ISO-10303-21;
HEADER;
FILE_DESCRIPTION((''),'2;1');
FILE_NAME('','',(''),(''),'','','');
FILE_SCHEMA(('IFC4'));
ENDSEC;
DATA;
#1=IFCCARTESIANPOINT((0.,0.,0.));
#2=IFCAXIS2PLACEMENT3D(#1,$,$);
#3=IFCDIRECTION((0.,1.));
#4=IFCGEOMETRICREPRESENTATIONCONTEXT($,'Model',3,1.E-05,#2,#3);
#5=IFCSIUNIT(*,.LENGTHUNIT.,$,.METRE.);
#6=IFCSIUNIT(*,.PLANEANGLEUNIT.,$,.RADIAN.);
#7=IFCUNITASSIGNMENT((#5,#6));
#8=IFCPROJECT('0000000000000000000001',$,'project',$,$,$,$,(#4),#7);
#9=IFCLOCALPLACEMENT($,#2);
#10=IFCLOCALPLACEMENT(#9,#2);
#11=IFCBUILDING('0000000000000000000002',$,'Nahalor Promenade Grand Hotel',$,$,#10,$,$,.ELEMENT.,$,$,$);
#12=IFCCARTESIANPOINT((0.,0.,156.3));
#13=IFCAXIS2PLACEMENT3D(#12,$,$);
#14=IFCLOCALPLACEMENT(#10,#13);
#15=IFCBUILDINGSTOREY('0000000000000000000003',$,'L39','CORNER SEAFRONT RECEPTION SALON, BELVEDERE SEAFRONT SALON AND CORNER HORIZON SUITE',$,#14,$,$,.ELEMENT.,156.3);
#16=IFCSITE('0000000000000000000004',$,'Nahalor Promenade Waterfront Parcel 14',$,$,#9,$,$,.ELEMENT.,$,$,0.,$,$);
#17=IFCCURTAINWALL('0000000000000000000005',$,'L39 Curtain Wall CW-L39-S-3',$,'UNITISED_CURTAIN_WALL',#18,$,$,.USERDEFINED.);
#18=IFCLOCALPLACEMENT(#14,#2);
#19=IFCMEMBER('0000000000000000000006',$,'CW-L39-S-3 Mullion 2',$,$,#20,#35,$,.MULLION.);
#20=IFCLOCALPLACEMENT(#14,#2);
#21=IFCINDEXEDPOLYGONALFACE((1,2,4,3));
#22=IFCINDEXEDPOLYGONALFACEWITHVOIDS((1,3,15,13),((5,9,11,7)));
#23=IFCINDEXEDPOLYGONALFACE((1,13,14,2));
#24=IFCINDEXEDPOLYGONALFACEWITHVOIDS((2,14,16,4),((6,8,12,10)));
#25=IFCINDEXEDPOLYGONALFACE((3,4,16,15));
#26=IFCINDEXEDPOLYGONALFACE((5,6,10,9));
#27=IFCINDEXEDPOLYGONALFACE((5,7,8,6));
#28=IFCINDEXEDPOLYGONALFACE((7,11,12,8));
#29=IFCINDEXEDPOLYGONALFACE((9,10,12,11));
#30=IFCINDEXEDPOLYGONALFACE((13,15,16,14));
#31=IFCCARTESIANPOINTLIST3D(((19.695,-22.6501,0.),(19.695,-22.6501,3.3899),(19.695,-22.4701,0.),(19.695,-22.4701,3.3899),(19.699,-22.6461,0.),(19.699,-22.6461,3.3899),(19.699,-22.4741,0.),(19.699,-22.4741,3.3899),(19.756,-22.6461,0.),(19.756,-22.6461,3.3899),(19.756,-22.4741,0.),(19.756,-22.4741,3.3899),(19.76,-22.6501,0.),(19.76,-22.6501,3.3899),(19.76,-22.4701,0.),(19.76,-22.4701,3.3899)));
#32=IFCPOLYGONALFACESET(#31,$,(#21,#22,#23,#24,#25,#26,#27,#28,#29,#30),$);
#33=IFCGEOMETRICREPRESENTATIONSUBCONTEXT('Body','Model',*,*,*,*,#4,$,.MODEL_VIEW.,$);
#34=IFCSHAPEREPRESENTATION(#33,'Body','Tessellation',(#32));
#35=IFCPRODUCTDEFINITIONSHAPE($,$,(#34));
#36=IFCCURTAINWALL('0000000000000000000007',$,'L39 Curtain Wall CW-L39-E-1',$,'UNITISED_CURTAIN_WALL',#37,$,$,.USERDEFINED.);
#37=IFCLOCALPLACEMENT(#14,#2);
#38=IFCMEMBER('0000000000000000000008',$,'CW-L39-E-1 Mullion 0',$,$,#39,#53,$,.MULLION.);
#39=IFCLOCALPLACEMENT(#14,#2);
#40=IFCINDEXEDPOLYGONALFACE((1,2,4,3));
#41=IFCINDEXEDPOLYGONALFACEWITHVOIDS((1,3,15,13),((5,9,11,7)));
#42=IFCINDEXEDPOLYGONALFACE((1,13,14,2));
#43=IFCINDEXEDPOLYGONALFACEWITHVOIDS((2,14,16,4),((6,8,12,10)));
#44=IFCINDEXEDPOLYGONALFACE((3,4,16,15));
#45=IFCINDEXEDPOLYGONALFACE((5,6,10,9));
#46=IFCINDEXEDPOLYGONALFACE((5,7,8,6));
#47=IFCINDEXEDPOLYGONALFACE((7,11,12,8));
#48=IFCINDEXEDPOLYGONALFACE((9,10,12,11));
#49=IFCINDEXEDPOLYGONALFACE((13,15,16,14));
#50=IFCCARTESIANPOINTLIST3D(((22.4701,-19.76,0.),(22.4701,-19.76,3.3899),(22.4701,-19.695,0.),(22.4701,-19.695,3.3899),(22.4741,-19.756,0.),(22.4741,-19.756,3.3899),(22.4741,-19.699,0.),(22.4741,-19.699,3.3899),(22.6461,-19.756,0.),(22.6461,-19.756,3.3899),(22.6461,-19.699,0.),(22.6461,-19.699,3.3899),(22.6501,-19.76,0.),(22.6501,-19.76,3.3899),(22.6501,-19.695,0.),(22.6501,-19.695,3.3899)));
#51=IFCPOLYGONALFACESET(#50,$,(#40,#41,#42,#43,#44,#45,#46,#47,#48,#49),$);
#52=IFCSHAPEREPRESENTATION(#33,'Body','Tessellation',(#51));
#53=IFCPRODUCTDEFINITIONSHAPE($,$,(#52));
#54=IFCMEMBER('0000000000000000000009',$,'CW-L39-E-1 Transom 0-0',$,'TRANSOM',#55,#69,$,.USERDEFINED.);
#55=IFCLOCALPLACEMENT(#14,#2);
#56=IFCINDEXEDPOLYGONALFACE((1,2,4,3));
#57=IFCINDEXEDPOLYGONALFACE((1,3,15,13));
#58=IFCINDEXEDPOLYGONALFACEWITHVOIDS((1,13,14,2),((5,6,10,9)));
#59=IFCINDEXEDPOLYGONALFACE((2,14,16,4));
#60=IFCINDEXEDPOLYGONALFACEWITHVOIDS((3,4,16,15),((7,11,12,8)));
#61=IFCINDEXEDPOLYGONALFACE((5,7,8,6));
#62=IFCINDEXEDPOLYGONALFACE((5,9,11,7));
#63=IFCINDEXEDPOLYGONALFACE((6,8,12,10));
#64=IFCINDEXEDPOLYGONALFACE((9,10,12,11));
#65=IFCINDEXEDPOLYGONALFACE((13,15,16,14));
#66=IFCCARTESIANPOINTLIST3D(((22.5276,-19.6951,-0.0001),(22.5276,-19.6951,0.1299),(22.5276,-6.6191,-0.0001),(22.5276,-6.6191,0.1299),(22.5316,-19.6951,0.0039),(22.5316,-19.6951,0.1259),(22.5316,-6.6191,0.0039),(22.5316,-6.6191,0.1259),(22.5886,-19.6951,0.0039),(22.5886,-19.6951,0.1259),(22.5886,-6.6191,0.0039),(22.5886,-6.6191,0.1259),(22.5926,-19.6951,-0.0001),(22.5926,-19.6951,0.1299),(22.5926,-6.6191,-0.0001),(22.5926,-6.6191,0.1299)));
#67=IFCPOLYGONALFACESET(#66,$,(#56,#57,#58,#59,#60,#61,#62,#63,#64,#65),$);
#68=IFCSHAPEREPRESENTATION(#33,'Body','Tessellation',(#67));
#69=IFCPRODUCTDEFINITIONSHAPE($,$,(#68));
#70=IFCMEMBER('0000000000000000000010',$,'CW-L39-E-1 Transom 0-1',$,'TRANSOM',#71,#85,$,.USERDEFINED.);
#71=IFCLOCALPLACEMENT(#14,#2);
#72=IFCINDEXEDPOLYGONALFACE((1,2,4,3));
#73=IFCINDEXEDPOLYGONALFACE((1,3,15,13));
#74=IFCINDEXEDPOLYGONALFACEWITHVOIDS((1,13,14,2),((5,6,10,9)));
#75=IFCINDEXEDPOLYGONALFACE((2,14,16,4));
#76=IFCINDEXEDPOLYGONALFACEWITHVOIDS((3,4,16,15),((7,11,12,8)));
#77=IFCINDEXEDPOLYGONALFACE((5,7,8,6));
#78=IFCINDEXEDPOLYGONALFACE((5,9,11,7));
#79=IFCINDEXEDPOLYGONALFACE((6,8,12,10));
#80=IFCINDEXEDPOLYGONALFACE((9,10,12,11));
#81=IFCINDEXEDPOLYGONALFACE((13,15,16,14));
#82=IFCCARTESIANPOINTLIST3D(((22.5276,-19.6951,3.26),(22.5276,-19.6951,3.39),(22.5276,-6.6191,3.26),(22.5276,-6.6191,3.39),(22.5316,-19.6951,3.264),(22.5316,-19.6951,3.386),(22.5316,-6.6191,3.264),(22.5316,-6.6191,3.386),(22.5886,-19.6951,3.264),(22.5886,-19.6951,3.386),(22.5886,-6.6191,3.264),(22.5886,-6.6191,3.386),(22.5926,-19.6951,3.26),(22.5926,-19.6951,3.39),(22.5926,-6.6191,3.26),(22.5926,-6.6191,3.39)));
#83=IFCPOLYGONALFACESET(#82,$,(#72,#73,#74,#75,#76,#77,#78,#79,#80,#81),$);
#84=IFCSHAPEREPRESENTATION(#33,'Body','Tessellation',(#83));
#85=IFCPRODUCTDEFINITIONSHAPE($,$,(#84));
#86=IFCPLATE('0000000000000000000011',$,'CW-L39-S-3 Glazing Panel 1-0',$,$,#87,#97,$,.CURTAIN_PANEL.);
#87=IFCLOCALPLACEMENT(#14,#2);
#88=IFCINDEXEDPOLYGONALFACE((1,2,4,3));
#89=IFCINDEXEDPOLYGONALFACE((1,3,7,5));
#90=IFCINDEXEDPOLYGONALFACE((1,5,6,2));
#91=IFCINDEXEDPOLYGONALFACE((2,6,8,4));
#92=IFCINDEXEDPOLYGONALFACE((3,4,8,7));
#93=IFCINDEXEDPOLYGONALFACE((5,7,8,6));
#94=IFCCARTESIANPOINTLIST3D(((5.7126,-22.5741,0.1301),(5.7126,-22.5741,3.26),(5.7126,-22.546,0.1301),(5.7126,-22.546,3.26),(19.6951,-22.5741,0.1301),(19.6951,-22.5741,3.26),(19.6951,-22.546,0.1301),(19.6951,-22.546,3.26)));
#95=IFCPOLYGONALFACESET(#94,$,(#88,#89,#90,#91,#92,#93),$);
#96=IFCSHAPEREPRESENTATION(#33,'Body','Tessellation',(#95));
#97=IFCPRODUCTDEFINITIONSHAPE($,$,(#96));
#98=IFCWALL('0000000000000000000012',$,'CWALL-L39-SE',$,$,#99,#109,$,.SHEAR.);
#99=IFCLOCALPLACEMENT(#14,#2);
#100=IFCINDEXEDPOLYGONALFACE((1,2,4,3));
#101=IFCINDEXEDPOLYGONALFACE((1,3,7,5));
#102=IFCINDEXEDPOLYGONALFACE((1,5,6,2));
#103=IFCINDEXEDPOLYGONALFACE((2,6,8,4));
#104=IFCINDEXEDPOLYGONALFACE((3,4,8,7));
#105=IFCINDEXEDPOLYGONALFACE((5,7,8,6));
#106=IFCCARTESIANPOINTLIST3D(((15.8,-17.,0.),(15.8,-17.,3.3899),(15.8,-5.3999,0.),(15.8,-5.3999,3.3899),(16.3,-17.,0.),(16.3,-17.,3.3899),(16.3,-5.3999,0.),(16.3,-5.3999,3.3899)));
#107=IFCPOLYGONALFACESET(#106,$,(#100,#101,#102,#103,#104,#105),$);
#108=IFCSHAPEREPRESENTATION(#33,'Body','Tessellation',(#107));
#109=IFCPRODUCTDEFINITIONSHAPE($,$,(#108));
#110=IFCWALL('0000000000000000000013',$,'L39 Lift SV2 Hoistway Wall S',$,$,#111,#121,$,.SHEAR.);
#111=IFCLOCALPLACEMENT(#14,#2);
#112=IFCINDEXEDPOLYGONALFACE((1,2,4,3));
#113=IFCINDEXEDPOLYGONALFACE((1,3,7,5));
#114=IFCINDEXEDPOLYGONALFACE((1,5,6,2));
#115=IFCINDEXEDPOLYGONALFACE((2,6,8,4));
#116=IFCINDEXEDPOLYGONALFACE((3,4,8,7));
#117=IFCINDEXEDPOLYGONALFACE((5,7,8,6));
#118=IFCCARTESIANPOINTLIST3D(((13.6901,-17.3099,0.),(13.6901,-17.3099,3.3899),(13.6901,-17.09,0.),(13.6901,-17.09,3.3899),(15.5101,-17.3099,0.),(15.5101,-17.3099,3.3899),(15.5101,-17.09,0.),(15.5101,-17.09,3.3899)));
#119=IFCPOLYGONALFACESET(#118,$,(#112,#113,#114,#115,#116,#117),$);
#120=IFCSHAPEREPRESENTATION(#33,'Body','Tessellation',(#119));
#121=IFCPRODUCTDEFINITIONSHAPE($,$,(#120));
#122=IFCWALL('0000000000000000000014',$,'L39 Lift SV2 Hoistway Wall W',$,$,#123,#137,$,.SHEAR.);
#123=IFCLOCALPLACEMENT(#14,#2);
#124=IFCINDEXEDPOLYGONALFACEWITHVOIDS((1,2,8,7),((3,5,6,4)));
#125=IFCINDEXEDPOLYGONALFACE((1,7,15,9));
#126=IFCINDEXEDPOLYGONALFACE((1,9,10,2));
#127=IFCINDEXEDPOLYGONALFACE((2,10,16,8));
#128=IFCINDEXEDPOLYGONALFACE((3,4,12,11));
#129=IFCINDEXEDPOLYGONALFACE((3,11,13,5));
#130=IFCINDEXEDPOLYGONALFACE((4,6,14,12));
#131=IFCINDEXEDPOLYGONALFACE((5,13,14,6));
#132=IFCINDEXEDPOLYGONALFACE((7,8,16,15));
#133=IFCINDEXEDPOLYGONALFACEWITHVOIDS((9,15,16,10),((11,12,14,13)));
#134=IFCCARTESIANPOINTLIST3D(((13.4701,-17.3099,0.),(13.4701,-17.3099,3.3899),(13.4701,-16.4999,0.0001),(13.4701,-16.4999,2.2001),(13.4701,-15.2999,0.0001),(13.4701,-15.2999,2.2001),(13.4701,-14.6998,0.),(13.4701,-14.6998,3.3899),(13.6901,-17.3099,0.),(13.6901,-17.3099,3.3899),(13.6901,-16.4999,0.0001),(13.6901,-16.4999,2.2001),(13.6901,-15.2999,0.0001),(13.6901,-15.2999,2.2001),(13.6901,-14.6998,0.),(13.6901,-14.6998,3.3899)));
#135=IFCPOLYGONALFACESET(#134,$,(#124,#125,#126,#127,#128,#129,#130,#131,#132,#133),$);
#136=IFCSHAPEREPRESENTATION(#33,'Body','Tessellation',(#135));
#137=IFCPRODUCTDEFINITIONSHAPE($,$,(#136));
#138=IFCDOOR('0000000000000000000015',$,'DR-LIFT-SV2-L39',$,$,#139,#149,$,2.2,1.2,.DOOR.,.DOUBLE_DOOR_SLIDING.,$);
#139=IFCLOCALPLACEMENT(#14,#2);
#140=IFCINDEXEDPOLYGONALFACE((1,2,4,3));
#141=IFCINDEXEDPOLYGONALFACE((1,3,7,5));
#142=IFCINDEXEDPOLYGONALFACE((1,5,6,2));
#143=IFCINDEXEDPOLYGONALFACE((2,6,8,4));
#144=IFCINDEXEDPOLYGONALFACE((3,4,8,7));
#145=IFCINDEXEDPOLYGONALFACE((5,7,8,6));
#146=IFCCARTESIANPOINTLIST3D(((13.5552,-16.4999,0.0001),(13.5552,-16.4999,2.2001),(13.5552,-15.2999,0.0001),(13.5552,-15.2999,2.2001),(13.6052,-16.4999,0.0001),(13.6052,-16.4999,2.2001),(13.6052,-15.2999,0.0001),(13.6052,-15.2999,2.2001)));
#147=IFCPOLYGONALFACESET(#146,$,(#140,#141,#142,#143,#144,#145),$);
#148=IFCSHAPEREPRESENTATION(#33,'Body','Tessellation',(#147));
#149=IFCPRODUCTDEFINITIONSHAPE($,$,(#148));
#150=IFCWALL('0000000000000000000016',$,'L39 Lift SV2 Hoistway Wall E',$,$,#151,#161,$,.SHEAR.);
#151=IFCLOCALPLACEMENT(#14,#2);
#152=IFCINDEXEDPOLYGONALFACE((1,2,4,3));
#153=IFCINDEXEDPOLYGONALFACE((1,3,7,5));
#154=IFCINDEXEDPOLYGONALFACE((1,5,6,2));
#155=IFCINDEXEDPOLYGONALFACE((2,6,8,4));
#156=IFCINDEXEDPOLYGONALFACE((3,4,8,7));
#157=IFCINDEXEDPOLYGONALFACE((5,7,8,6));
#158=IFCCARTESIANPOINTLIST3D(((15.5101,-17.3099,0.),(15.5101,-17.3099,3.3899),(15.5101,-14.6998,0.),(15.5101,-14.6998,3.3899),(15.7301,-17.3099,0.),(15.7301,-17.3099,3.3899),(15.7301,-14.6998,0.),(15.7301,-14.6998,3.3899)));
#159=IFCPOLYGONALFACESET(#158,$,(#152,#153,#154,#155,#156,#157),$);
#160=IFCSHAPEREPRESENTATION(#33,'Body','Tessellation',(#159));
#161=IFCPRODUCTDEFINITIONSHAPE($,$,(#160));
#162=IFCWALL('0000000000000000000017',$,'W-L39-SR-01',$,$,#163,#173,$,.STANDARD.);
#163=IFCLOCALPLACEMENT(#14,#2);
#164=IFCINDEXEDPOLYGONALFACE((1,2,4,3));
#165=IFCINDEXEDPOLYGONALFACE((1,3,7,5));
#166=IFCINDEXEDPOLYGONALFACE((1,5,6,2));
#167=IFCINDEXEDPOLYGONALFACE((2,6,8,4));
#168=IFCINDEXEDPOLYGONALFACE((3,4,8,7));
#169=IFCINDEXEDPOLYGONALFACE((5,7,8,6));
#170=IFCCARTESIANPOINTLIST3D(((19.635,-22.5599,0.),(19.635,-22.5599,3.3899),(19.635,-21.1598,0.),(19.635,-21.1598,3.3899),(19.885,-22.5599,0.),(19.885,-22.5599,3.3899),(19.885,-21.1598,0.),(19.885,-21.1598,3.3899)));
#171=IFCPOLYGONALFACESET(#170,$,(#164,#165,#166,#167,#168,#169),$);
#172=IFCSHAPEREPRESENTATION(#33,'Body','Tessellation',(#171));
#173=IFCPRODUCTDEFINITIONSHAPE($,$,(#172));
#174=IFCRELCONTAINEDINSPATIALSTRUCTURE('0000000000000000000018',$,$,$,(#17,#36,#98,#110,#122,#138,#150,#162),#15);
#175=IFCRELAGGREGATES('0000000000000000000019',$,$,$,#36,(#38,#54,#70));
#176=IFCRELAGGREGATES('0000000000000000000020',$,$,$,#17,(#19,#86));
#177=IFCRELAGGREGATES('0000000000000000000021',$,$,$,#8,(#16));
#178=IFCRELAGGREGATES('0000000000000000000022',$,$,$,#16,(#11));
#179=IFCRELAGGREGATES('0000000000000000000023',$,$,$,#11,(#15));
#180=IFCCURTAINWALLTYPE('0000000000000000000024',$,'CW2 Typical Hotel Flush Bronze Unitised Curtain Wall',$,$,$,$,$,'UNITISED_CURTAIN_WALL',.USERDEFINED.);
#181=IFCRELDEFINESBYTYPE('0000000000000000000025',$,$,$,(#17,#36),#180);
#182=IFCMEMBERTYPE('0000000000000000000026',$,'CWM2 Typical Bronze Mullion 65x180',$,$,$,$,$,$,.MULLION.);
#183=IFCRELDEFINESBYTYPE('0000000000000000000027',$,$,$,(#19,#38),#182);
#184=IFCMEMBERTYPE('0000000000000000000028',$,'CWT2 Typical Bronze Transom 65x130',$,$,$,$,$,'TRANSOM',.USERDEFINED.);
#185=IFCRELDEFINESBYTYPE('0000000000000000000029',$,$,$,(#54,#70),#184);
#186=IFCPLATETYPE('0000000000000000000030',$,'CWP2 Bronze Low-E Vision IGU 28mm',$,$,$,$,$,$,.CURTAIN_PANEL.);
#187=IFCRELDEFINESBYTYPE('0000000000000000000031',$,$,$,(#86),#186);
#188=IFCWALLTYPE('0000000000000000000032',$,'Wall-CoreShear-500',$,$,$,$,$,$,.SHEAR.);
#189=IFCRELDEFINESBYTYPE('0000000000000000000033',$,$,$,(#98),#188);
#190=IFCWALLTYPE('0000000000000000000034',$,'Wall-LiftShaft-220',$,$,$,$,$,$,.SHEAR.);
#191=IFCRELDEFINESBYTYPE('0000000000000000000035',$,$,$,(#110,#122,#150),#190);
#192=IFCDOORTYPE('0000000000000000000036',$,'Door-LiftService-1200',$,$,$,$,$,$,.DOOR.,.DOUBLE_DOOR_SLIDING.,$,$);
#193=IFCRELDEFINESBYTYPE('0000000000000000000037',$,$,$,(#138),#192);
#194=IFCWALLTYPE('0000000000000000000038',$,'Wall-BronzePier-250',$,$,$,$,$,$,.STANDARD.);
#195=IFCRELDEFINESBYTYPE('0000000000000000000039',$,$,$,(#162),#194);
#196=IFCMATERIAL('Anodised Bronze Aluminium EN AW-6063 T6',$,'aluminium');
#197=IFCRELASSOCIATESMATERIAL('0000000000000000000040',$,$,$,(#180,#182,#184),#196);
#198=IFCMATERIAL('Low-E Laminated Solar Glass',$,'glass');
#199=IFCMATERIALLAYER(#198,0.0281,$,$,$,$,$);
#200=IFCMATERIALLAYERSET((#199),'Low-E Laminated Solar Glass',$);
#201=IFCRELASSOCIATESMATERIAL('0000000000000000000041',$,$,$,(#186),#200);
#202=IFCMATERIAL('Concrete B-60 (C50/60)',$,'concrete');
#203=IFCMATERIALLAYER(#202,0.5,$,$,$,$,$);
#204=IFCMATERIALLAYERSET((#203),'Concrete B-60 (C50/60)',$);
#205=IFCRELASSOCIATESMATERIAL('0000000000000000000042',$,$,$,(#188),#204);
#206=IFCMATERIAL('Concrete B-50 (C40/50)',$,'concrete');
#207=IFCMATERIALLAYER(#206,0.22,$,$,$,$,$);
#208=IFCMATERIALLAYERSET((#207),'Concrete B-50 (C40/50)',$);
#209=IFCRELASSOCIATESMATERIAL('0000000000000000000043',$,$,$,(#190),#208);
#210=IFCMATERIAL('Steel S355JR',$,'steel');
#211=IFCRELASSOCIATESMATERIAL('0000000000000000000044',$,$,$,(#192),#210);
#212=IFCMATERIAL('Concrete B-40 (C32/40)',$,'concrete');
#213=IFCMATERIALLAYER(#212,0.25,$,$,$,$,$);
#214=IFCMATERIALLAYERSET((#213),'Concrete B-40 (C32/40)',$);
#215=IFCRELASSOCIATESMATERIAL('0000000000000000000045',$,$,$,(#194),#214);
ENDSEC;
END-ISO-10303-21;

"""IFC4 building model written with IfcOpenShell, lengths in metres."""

from ifc_helpers import new_model, si_unit, direction, frame, frame_2d, origin, origin_2d, place, context, subcontext, project, spatial, rectangle, hollow_rectangle, extrude, source, transform, mapped, material, layer, layer_set, material_profile, profile_set, type_object, element, fill, aggregate, save


model = new_model("IFC4")

# Units and contexts
model_context = context("Model", 3, precision=1e-05, world=origin(), true_north=direction((0.0, 1.0)))
body_context = subcontext(model_context, "Body", "Model", "MODEL_VIEW")
ifc_project = project(units=[si_unit("LENGTHUNIT", "METRE"), si_unit("PLANEANGLEUNIT", "RADIAN")], contexts=[model_context])

# Site, building, storey
site_placement = place(None, origin())
site = spatial("IfcSite", under=ifc_project, at=site_placement, Name="Nahalor Promenade Waterfront Parcel 14", CompositionType="ELEMENT", RefElevation=0.0)
building_placement = place(site_placement, origin())
building = spatial("IfcBuilding", under=site, at=building_placement, Name="Nahalor Promenade Grand Hotel", CompositionType="ELEMENT")
storey_placement = place(building_placement, frame((0.0, 0.0, 156.3)))
storey = spatial("IfcBuildingStorey", under=building, at=storey_placement, Name="L39", Description="CORNER SEAFRONT RECEPTION SALON, BELVEDERE SEAFRONT SALON AND CORNER HORIZON SUITE", CompositionType="ELEMENT", Elevation=156.3)

# Shared definitions
ifc_material_1 = material(Name="Concrete B-60 (C50/60)", Category="concrete")

# Shared definitions
ifc_material_2 = material(Name="Steel S355JR", Category="steel")

# Curtain wall, member
ifc_material_3 = material(Name="Anodised Bronze Aluminium EN AW-6063 T6", Category="aluminium")
curtain_wall_type = type_object("IfcCurtainWallType", Name="CW2 Typical Hotel Flush Bronze Unitised Curtain Wall", ElementType="UNITISED_CURTAIN_WALL", PredefinedType="USERDEFINED", material=ifc_material_3)
curtain_wall_1_placement = place(storey_placement, origin())
curtain_wall_1 = element("IfcCurtainWall", 1, at=curtain_wall_1_placement, inside=storey, type_object=curtain_wall_type, Name="L39 Curtain Wall CW-L39-S-3", ObjectType="UNITISED_CURTAIN_WALL", PredefinedType="USERDEFINED")
ifc_material_profile_1 = material_profile(ifc_material_3, hollow_rectangle(XDim=0.065, YDim=0.18, WallThickness=0.004, at=origin_2d()), Name="CWM 65x180x4")
ifc_profile_set_1 = profile_set([ifc_material_profile_1], Name="Anodised Bronze Aluminium EN AW-6063 T6")
member_type_1 = type_object("IfcMemberType", Name="CWM2 Typical Bronze Mullion 65x180", PredefinedType="MULLION", material=ifc_profile_set_1)
shared_shape_1 = source(origin(), body_context, "Body", "SweptSolid", [
    extrude(hollow_rectangle(XDim=0.065, YDim=0.18, WallThickness=0.004, at=origin_2d()), origin(), (0.0, 0.0, 1.0), 3.3899),
])
member_1_placement = place(storey_placement, frame((19.7275, -22.5601, 0.0), z_axis=(0.0, 0.0, 1.0), x_axis=(1.0, 0.0, 0.0)))
member_1 = element("IfcMember", 2, at=member_1_placement, type_object=member_type_1, Name="CW-L39-S-3 Mullion 2", PredefinedType="MULLION", context=body_context, shape_type="MappedRepresentation", body=[
    mapped(shared_shape_1, transform((0.0, 0.0, 0.0), scale=1.0)),
])

# Curtain wall, members
curtain_wall_2_placement = place(storey_placement, origin())
curtain_wall_2 = element("IfcCurtainWall", 3, at=curtain_wall_2_placement, inside=storey, type_object=curtain_wall_type, Name="L39 Curtain Wall CW-L39-E-1", ObjectType="UNITISED_CURTAIN_WALL", PredefinedType="USERDEFINED")
member_2_placement = place(storey_placement, frame((22.5601, -19.7275, 0.0), z_axis=(0.0, 0.0, 1.0), x_axis=(0.0, 1.0, 0.0)))
member_2 = element("IfcMember", 4, at=member_2_placement, type_object=member_type_1, Name="CW-L39-E-1 Mullion 0", PredefinedType="MULLION", context=body_context, shape_type="MappedRepresentation", body=[
    mapped(shared_shape_1, transform((0.0, 0.0, 0.0), scale=1.0)),
])
ifc_material_profile_2 = material_profile(ifc_material_3, hollow_rectangle(XDim=0.065, YDim=0.13, WallThickness=0.004, at=origin_2d()), Name="CWT 65x130x4")
ifc_profile_set_2 = profile_set([ifc_material_profile_2], Name="Anodised Bronze Aluminium EN AW-6063 T6")
member_type_2 = type_object("IfcMemberType", Name="CWT2 Typical Bronze Transom 65x130", ElementType="TRANSOM", PredefinedType="USERDEFINED", material=ifc_profile_set_2)
shared_shape_2 = source(origin(), body_context, "Body", "SweptSolid", [
    extrude(hollow_rectangle(XDim=0.065, YDim=0.13, WallThickness=0.004, at=origin_2d()), origin(), (0.0, 0.0, 1.0), 13.0759),
])
member_3_placement = place(storey_placement, frame((22.5601, -19.6951, 0.0649), z_axis=(0.0, 1.0, 0.0), x_axis=(-1.0, 0.0, 0.0)))
member_3 = element("IfcMember", 5, at=member_3_placement, type_object=member_type_2, Name="CW-L39-E-1 Transom 0-0", ObjectType="TRANSOM", PredefinedType="USERDEFINED", context=body_context, shape_type="MappedRepresentation", body=[
    mapped(shared_shape_2, transform((0.0, 0.0, 0.0), scale=1.0)),
])
member_4_placement = place(storey_placement, frame((22.5601, -19.6951, 3.325), z_axis=(0.0, 1.0, 0.0), x_axis=(-1.0, 0.0, 0.0)))
member_4 = element("IfcMember", 6, at=member_4_placement, type_object=member_type_2, Name="CW-L39-E-1 Transom 0-1", ObjectType="TRANSOM", PredefinedType="USERDEFINED", context=body_context, shape_type="MappedRepresentation", body=[
    mapped(shared_shape_2, transform((0.0, 0.0, 0.0), scale=1.0)),
])
aggregate(curtain_wall_2, [member_2, member_3, member_4])

# Plate
ifc_material_4 = material(Name="Low-E Laminated Solar Glass", Category="glass")
ifc_layer_1 = layer(ifc_material_4, 0.0281)
ifc_layer_set_1 = layer_set([ifc_layer_1], Name="Low-E Laminated Solar Glass")
plate_type = type_object("IfcPlateType", Name="CWP2 Bronze Low-E Vision IGU 28mm", PredefinedType="CURTAIN_PANEL", material=ifc_layer_set_1)
shared_shape_3 = source(origin(), body_context, "Body", "SweptSolid", [
    extrude(rectangle(XDim=13.9824, YDim=0.0281, at=origin_2d()), origin(), (0.0, 0.0, 1.0), 3.1299),
])
plate_placement = place(storey_placement, frame((12.7039, -22.5601, 0.1301), z_axis=(0.0, 0.0, 1.0), x_axis=(1.0, 0.0, 0.0)))
plate = element("IfcPlate", 7, at=plate_placement, type_object=plate_type, Name="CW-L39-S-3 Glazing Panel 1-0", PredefinedType="CURTAIN_PANEL", context=body_context, shape_type="MappedRepresentation", body=[
    mapped(shared_shape_3, transform((0.0, 0.0, 0.0), scale=1.0)),
])
aggregate(curtain_wall_1, [member_1, plate])

# Walls
ifc_layer_2 = layer(ifc_material_1, 0.5)
ifc_layer_set_2 = layer_set([ifc_layer_2], Name="Concrete B-60 (C50/60)")
wall_type_1 = type_object("IfcWallType", Name="Wall-CoreShear-500", PredefinedType="SHEAR", material=ifc_layer_set_2)
shared_shape_4 = source(origin(), body_context, "Body", "SweptSolid", [
    extrude(rectangle(XDim=11.6001, YDim=0.5, at=frame_2d((5.8, 0.0))), origin(), (0.0, 0.0, 1.0), 3.3899),
])
wall_1_placement = place(storey_placement, frame((16.05, -17.0, 0.0), z_axis=(0.0, 0.0, 1.0), x_axis=(0.0, 1.0, 0.0)))
element("IfcWall", 8, at=wall_1_placement, inside=storey, type_object=wall_type_1, Name="CWALL-L39-SE", PredefinedType="SHEAR", context=body_context, shape_type="MappedRepresentation", body=[
    mapped(shared_shape_4, transform((0.0, 0.0, 0.0), scale=1.0)),
])
ifc_material_5 = material(Name="Concrete B-50 (C40/50)", Category="concrete")
ifc_layer_3 = layer(ifc_material_5, 0.22)
ifc_layer_set_3 = layer_set([ifc_layer_3], Name="Concrete B-50 (C40/50)")
wall_type_2 = type_object("IfcWallType", Name="Wall-LiftShaft-220", PredefinedType="SHEAR", material=ifc_layer_set_3)
shared_shape_5 = source(origin(), body_context, "Body", "SweptSolid", [
    extrude(rectangle(XDim=1.8201, YDim=0.22, at=frame_2d((0.9102, 0.0))), origin(), (0.0, 0.0, 1.0), 3.3899),
])
wall_2_placement = place(storey_placement, frame((13.6899, -17.2, 0.0), z_axis=(0.0, 0.0, 1.0), x_axis=(1.0, 0.0, 0.0)))
element("IfcWall", 9, at=wall_2_placement, inside=storey, type_object=wall_type_2, Name="L39 Lift SV2 Hoistway Wall S", PredefinedType="SHEAR", context=body_context, shape_type="MappedRepresentation", body=[
    mapped(shared_shape_5, transform((0.0, 0.0, 0.0), scale=1.0)),
])

# Wall, opening, door
shared_shape_6 = source(origin(), body_context, "Body", "SweptSolid", [
    extrude(rectangle(XDim=2.6101, YDim=0.22, at=frame_2d((1.3052, 0.0))), origin(), (0.0, 0.0, 1.0), 3.3899),
])
wall_3_placement = place(storey_placement, frame((13.5801, -17.3101, 0.0), z_axis=(0.0, 0.0, 1.0), x_axis=(0.0, 1.0, 0.0)))
wall_3 = element("IfcWall", 10, at=wall_3_placement, inside=storey, type_object=wall_type_2, Name="L39 Lift SV2 Hoistway Wall W", PredefinedType="SHEAR", context=body_context, shape_type="MappedRepresentation", body=[
    mapped(shared_shape_6, transform((0.0, 0.0, 0.0), scale=1.0)),
])
opening_placement = place(wall_3_placement, frame((0.8101, 0.0, 0.0)))
opening = element("IfcOpeningElement", 11, at=opening_placement, cuts=wall_3, PredefinedType="OPENING", context=body_context, shape_type="SweptSolid", body=[
    extrude(rectangle(XDim=1.2, YDim=2.2, at=frame_2d((0.6001, 1.1001))), frame((0.0, 0.1199, 0.0), z_axis=(0.0, -1.0, 0.0), x_axis=(1.0, 0.0, 0.0)), (0.0, 0.0, 1.0), 0.24),
])
door_type = type_object("IfcDoorType", Name="Door-LiftService-1200", OperationType="DOUBLE_DOOR_SLIDING", PredefinedType="DOOR", material=ifc_material_2)
shared_shape_7 = source(origin(), body_context, "Body", "SweptSolid", [
    extrude(rectangle(XDim=1.2, YDim=2.2, at=frame_2d((0.6001, 1.1001))), frame((0.0, 0.0249, 0.0), z_axis=(0.0, -1.0, 0.0), x_axis=(1.0, 0.0, 0.0)), (0.0, 0.0, 1.0), 0.05),
])
door_placement = place(opening_placement, origin())
door = element("IfcDoor", 12, at=door_placement, inside=storey, type_object=door_type, Name="DR-LIFT-SV2-L39", OperationType="DOUBLE_DOOR_SLIDING", OverallHeight=2.2, OverallWidth=1.2, PredefinedType="DOOR", context=body_context, shape_type="MappedRepresentation", body=[
    mapped(shared_shape_7, transform((0.0, 0.0, 0.0), scale=1.0)),
])
fill(opening, door)

# Walls
wall_4_placement = place(storey_placement, frame((15.6201, -17.3101, 0.0), z_axis=(0.0, 0.0, 1.0), x_axis=(0.0, 1.0, 0.0)))
element("IfcWall", 13, at=wall_4_placement, inside=storey, type_object=wall_type_2, Name="L39 Lift SV2 Hoistway Wall E", PredefinedType="SHEAR", context=body_context, shape_type="MappedRepresentation", body=[
    mapped(shared_shape_6, transform((0.0, 0.0, 0.0), scale=1.0)),
])
ifc_material_6 = material(Name="Concrete B-40 (C32/40)", Category="concrete")
ifc_layer_4 = layer(ifc_material_6, 0.25)
ifc_layer_set_4 = layer_set([ifc_layer_4], Name="Concrete B-40 (C32/40)")
wall_type_3 = type_object("IfcWallType", Name="Wall-BronzePier-250", PredefinedType="STANDARD", material=ifc_layer_set_4)
shared_shape_8 = source(origin(), body_context, "Body", "SweptSolid", [
    extrude(rectangle(XDim=1.4001, YDim=0.25, at=frame_2d((0.7002, 0.0))), origin(), (0.0, 0.0, 1.0), 3.3899),
])
for number, where, z_axis, x_axis, name in (
    (14, (19.76, -22.5601, 0.0), (0.0, 0.0, 1.0), (0.0, 1.0, 0.0), "W-L39-SR-01"),
):
    element("IfcWall", number, at=place(storey_placement, frame(where, z_axis=z_axis, x_axis=x_axis)), inside=storey, type_object=wall_type_3, Name=name, PredefinedType="STANDARD", context=body_context, shape_type="MappedRepresentation", body=[
        mapped(shared_shape_8, transform((0.0, 0.0, 0.0), scale=1.0)),
    ])

save(model, "model.ifc")
